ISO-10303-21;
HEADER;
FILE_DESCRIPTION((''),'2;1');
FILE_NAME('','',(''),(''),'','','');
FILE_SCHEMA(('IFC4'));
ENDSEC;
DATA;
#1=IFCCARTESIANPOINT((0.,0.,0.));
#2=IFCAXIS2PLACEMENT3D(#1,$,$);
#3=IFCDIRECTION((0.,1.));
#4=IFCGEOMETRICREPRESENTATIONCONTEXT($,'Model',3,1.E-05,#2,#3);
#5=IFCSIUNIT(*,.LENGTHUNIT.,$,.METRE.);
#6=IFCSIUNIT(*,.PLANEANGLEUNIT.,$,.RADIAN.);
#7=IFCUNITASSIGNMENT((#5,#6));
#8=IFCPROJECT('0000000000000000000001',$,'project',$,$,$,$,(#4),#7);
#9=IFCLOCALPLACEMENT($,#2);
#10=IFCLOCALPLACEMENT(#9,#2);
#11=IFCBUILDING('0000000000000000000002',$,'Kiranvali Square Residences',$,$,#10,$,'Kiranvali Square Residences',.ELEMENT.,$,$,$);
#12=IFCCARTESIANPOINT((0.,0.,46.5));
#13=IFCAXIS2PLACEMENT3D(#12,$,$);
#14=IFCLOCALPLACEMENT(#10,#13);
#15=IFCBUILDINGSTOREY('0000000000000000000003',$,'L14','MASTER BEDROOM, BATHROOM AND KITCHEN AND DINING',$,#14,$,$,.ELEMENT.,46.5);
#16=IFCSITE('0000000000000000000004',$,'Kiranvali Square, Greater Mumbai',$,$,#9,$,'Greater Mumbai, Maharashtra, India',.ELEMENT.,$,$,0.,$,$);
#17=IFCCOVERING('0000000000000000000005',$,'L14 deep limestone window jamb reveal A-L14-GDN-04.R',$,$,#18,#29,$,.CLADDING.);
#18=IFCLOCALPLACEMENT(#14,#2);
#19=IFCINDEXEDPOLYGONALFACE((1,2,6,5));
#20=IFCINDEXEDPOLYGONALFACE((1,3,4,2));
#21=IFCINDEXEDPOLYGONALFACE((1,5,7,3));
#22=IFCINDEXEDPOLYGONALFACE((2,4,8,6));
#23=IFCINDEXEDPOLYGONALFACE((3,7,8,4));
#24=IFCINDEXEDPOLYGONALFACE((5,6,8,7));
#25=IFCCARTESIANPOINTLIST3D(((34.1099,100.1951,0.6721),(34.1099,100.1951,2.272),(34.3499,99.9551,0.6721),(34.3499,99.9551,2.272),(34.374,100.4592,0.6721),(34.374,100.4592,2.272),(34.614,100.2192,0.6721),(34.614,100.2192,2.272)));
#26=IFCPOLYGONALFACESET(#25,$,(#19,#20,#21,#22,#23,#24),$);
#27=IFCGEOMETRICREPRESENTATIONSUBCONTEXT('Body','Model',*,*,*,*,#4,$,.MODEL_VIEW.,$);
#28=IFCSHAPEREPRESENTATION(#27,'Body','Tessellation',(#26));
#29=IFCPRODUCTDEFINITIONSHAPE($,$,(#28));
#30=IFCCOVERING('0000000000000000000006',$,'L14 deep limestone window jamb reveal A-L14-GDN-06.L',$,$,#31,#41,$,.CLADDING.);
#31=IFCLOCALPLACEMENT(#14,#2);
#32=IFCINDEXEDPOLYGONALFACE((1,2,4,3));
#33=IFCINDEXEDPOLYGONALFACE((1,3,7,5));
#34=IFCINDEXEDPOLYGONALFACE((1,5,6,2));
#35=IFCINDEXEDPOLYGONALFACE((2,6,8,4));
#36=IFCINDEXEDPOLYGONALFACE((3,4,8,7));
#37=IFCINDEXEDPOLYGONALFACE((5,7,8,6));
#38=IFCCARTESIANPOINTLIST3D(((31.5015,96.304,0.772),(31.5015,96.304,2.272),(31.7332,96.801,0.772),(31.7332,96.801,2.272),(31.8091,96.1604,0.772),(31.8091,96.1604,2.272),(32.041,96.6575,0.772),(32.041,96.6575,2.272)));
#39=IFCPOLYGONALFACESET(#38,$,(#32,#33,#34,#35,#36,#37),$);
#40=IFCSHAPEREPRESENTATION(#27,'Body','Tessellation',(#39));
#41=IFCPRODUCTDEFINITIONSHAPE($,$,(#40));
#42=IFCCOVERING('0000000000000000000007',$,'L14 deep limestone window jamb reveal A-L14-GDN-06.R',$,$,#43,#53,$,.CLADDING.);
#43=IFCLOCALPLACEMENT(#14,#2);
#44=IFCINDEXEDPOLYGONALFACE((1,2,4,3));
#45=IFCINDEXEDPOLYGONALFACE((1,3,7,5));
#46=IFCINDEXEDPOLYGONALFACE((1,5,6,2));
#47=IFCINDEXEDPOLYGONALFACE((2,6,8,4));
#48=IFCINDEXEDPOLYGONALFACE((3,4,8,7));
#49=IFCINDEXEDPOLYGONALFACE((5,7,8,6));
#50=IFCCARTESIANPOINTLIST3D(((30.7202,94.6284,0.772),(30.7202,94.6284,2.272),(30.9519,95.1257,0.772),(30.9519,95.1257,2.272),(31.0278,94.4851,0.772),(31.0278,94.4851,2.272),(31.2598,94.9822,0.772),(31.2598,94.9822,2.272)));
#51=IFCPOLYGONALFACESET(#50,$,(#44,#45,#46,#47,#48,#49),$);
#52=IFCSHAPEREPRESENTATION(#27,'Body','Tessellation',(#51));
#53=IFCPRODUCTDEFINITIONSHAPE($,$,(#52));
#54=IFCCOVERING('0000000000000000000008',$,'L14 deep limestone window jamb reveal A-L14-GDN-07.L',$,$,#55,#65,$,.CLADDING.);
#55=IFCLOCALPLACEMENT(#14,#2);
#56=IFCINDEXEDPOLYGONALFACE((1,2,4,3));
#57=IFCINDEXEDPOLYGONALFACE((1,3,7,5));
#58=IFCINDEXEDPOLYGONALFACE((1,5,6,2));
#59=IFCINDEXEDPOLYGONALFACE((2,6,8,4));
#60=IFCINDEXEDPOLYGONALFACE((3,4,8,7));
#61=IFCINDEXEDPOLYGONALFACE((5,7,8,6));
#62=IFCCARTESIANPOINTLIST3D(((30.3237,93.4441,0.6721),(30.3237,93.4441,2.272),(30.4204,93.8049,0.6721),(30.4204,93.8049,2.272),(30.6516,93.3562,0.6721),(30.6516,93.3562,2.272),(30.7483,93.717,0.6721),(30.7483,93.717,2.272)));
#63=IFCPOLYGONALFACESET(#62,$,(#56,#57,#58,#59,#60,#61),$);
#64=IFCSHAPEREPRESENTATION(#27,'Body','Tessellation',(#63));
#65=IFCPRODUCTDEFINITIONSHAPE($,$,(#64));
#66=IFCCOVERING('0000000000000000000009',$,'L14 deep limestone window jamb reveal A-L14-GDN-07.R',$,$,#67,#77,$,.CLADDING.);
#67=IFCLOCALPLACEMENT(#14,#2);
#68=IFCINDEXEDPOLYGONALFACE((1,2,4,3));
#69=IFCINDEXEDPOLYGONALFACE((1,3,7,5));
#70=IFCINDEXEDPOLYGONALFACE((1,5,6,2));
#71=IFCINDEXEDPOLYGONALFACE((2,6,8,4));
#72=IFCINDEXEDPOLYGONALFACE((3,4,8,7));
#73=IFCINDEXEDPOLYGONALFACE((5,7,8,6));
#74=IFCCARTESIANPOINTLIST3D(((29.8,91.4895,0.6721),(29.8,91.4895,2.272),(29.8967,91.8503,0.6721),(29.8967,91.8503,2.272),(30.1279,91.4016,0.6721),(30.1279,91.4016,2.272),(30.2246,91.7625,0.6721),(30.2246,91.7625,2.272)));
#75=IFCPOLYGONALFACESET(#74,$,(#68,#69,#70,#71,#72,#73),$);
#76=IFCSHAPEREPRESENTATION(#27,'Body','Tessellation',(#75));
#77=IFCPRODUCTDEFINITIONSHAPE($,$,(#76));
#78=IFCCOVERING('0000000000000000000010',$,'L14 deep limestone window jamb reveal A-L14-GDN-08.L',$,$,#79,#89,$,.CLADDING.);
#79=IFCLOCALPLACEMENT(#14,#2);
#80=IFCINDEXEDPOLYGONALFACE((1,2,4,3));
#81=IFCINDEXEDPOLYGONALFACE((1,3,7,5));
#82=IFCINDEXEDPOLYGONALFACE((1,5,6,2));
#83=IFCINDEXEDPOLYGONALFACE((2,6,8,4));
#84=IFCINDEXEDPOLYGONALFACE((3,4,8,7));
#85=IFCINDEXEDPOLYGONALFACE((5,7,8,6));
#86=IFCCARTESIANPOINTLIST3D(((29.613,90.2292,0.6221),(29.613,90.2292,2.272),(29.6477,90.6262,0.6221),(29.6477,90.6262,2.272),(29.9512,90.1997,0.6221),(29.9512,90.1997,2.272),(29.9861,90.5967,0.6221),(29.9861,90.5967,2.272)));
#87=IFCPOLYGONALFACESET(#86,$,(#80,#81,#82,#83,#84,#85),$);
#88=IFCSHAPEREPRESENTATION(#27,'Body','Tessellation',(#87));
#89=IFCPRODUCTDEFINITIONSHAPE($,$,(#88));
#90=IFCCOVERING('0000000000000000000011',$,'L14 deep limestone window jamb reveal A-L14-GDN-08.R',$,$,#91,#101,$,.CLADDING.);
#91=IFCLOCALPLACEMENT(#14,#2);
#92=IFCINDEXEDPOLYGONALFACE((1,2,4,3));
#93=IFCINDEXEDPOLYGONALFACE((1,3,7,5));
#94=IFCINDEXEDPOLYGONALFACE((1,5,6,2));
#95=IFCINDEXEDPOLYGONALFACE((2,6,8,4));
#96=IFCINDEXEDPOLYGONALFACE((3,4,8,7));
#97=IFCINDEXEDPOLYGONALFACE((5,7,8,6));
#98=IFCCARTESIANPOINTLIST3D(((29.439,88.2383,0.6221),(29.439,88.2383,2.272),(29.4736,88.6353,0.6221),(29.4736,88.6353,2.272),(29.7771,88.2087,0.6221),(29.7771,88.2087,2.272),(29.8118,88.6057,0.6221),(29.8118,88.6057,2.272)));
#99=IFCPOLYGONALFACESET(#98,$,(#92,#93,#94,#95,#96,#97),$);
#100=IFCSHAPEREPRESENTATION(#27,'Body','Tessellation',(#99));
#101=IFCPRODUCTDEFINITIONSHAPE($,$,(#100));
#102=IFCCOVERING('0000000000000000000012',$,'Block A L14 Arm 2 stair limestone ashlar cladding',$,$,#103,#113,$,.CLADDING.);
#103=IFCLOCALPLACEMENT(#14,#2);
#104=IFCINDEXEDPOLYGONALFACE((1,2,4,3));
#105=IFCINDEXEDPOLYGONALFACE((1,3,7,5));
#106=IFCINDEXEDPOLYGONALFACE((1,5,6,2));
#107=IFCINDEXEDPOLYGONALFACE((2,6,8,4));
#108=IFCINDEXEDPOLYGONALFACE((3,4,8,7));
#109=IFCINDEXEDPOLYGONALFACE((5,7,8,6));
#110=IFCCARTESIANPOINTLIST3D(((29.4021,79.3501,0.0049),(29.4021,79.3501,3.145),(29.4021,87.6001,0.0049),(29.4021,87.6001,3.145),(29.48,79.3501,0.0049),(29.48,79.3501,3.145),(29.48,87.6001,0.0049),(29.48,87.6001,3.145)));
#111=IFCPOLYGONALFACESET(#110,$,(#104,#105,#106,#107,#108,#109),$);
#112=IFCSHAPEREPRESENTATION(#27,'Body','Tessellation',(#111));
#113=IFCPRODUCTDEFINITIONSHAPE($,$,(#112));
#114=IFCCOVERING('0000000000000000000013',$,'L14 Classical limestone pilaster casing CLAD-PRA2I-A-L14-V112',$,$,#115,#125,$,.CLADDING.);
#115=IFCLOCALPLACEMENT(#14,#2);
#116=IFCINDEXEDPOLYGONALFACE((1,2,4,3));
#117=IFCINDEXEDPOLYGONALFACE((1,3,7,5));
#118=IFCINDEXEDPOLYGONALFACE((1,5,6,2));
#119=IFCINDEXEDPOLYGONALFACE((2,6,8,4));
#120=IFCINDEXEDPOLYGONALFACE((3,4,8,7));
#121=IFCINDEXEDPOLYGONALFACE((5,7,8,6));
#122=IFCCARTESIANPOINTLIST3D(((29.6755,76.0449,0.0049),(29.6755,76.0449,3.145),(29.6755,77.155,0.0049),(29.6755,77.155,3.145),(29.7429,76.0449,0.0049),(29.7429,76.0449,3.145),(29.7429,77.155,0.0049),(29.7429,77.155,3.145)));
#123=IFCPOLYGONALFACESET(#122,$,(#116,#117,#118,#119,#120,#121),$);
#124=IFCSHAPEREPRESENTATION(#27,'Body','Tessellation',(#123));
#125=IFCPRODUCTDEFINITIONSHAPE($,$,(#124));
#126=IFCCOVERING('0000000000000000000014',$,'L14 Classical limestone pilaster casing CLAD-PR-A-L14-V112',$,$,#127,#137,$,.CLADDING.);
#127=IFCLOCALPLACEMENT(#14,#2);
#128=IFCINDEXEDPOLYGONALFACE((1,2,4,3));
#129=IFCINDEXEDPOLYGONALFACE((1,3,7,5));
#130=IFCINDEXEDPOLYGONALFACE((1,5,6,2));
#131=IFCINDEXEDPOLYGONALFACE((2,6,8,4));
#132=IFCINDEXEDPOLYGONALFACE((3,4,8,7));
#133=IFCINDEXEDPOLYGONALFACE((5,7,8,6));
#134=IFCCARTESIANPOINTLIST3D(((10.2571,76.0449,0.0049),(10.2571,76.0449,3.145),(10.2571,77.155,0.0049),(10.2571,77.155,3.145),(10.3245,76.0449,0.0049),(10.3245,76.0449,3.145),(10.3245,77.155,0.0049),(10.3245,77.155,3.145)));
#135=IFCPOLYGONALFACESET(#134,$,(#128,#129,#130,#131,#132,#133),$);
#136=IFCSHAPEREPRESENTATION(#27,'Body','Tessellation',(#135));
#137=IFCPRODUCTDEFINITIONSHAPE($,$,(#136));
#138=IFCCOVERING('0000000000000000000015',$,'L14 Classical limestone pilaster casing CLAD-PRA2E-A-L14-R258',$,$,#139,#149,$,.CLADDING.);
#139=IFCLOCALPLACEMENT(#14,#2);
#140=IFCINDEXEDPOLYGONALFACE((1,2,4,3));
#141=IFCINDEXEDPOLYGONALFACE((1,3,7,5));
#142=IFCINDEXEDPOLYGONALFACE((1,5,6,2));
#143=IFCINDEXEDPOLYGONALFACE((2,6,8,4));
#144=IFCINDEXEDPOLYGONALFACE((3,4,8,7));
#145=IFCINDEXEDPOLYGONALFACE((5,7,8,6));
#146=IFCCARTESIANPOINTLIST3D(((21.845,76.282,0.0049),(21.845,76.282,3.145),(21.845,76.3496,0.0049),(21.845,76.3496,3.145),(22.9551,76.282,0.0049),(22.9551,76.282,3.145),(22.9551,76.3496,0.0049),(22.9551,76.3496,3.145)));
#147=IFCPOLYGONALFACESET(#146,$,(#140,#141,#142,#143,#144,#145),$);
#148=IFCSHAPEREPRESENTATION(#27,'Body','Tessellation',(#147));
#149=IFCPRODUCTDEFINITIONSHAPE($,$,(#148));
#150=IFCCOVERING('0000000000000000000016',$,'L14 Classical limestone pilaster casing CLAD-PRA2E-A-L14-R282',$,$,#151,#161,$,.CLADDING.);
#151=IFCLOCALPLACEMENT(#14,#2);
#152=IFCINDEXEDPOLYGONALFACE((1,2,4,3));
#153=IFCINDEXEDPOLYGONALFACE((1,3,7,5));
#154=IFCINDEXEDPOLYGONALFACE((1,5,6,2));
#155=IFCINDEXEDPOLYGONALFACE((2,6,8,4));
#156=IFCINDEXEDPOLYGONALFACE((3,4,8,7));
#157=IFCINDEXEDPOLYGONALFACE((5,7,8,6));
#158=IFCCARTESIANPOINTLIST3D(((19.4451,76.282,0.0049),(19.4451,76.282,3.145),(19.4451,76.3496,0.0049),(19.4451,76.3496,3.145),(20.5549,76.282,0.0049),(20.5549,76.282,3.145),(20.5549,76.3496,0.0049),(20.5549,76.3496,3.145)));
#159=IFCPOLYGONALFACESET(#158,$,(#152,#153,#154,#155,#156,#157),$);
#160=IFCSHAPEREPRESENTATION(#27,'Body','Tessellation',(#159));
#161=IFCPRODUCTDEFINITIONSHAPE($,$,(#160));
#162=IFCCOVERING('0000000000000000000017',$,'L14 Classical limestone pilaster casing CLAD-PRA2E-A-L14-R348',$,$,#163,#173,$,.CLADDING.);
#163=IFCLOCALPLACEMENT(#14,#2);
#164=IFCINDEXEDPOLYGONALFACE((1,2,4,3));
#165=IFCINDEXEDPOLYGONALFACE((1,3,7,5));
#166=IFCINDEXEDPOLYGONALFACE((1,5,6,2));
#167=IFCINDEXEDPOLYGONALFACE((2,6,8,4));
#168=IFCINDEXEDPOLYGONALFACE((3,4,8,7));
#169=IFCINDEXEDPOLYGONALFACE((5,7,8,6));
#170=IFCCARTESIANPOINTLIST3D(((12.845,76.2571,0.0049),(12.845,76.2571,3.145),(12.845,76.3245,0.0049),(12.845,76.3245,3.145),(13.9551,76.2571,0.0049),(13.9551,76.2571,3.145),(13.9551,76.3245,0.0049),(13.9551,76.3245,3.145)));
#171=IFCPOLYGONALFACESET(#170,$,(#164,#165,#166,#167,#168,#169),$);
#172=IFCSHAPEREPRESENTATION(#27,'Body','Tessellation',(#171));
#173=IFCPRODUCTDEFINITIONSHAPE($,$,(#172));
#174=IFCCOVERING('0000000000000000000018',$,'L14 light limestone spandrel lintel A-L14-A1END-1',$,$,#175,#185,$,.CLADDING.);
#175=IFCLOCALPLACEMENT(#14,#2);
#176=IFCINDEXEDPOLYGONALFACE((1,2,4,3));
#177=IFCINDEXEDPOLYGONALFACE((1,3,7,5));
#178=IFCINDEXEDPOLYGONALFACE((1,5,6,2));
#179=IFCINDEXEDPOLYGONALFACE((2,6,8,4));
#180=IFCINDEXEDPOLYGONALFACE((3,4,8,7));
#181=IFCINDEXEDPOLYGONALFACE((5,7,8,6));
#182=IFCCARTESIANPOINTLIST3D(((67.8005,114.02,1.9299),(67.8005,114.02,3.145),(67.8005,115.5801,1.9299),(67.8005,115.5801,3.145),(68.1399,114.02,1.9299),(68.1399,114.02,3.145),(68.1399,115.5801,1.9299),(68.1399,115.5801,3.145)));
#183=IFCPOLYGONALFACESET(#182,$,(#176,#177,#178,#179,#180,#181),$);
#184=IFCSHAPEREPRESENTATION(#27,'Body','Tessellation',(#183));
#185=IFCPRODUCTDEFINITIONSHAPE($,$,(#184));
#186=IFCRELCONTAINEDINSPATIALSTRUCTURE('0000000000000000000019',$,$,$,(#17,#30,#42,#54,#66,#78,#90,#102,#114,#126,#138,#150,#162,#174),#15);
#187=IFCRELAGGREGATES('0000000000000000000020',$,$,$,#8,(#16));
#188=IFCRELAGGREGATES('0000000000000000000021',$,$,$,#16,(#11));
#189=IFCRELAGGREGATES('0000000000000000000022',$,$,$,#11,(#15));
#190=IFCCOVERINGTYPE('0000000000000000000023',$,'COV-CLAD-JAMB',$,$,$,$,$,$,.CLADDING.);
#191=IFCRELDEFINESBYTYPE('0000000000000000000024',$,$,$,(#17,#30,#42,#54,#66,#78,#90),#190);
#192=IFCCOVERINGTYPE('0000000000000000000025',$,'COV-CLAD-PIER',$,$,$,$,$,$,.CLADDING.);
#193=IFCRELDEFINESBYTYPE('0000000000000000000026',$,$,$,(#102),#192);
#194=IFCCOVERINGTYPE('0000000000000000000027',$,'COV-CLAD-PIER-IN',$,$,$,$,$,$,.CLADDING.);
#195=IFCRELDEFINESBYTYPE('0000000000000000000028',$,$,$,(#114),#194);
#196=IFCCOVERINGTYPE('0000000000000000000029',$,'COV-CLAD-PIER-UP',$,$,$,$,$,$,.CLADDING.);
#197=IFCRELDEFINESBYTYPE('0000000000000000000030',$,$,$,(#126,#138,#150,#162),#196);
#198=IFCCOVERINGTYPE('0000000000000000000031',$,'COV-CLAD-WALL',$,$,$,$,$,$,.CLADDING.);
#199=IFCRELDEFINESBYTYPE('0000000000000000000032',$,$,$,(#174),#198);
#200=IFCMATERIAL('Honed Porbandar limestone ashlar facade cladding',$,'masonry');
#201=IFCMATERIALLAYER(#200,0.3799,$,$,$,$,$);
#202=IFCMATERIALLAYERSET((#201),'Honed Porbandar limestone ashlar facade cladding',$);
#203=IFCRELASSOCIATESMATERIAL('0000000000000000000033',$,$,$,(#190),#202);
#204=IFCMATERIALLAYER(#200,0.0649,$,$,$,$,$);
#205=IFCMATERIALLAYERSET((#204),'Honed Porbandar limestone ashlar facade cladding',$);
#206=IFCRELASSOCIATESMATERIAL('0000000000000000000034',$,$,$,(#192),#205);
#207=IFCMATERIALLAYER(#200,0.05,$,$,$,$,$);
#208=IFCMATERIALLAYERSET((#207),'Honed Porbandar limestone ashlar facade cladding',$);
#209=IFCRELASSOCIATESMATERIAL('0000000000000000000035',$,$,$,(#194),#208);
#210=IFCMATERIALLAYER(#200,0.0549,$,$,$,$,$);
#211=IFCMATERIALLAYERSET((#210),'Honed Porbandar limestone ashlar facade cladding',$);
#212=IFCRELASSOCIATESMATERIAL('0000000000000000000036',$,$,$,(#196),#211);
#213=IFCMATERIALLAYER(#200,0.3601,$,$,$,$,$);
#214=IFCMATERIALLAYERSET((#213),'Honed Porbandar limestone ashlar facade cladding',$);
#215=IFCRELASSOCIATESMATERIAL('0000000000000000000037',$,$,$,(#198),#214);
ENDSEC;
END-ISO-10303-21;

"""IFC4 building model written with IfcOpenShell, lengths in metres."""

from ifc_helpers import new_model, si_unit, direction, frame, origin, place, context, subcontext, project, spatial, polyline, outline, extrude, material, layer, layer_set, type_object, element, save


model = new_model("IFC4")

# Units and contexts
model_context = context("Model", 3, precision=1e-05, world=origin(), true_north=direction((0.0, 1.0)))
body_context = subcontext(model_context, "Body", "Model", "MODEL_VIEW")
ifc_project = project(units=[si_unit("LENGTHUNIT", "METRE"), si_unit("PLANEANGLEUNIT", "RADIAN")], contexts=[model_context])

# Site, building, storey
site_placement = place(None, origin())
site = spatial("IfcSite", under=ifc_project, at=site_placement, Name="Kiranvali Square, Greater Mumbai", LongName="Greater Mumbai, Maharashtra, India", CompositionType="ELEMENT", RefElevation=0.0)
building_placement = place(site_placement, origin())
building = spatial("IfcBuilding", under=site, at=building_placement, Name="Kiranvali Square Residences", LongName="Kiranvali Square Residences", CompositionType="ELEMENT")
storey_placement = place(building_placement, frame((0.0, 0.0, 46.5)))
storey = spatial("IfcBuildingStorey", under=building, at=storey_placement, Name="L14", Description="MASTER BEDROOM, BATHROOM AND KITCHEN AND DINING", CompositionType="ELEMENT", Elevation=46.5)

# Coverings
ifc_material = material(Name="Honed Porbandar limestone ashlar facade cladding", Category="masonry")
ifc_layer_1 = layer(ifc_material, 0.3799)
ifc_layer_set_1 = layer_set([ifc_layer_1], Name="Honed Porbandar limestone ashlar facade cladding")
covering_type_1 = type_object("IfcCoveringType", Name="COV-CLAD-JAMB", PredefinedType="CLADDING", material=ifc_layer_set_1)
covering_1_placement = place(storey_placement, frame((0.0, 0.0, 0.6721)))
element("IfcCovering", 1, at=covering_1_placement, inside=storey, type_object=covering_type_1, Name="L14 deep limestone window jamb reveal A-L14-GDN-04.R", PredefinedType="CLADDING", context=body_context, shape_type="SweptSolid", body=[
    extrude(outline(polyline([(34.374, 100.4592), (34.1099, 100.1951), (34.3499, 99.9551), (34.614, 100.2192), (34.374, 100.4592)])), origin(), (0.0, 0.0, 1.0), 1.5999),
])
covering_2_placement = place(storey_placement, frame((0.0, 0.0, 0.772)))
element("IfcCovering", 2, at=covering_2_placement, inside=storey, type_object=covering_type_1, Name="L14 deep limestone window jamb reveal A-L14-GDN-06.L", PredefinedType="CLADDING", context=body_context, shape_type="SweptSolid", body=[
    extrude(outline(polyline([(31.7332, 96.801), (31.5015, 96.304), (31.8091, 96.1604), (32.041, 96.6575), (31.7332, 96.801)])), origin(), (0.0, 0.0, 1.0), 1.5),
])
covering_3_placement = place(storey_placement, frame((0.0, 0.0, 0.772)))
element("IfcCovering", 3, at=covering_3_placement, inside=storey, type_object=covering_type_1, Name="L14 deep limestone window jamb reveal A-L14-GDN-06.R", PredefinedType="CLADDING", context=body_context, shape_type="SweptSolid", body=[
    extrude(outline(polyline([(30.9519, 95.1257), (30.7202, 94.6284), (31.0278, 94.4851), (31.2598, 94.9822), (30.9519, 95.1257)])), origin(), (0.0, 0.0, 1.0), 1.5),
])
covering_4_placement = place(storey_placement, frame((0.0, 0.0, 0.6721)))
element("IfcCovering", 4, at=covering_4_placement, inside=storey, type_object=covering_type_1, Name="L14 deep limestone window jamb reveal A-L14-GDN-07.L", PredefinedType="CLADDING", context=body_context, shape_type="SweptSolid", body=[
    extrude(outline(polyline([(30.4204, 93.8049), (30.3237, 93.4441), (30.6516, 93.3562), (30.7483, 93.717), (30.4204, 93.8049)])), origin(), (0.0, 0.0, 1.0), 1.5999),
])
covering_5_placement = place(storey_placement, frame((0.0, 0.0, 0.6721)))
element("IfcCovering", 5, at=covering_5_placement, inside=storey, type_object=covering_type_1, Name="L14 deep limestone window jamb reveal A-L14-GDN-07.R", PredefinedType="CLADDING", context=body_context, shape_type="SweptSolid", body=[
    extrude(outline(polyline([(29.8967, 91.8503), (29.8, 91.4895), (30.1279, 91.4016), (30.2246, 91.7625), (29.8967, 91.8503)])), origin(), (0.0, 0.0, 1.0), 1.5999),
])
covering_6_placement = place(storey_placement, frame((0.0, 0.0, 0.6221)))
element("IfcCovering", 6, at=covering_6_placement, inside=storey, type_object=covering_type_1, Name="L14 deep limestone window jamb reveal A-L14-GDN-08.L", PredefinedType="CLADDING", context=body_context, shape_type="SweptSolid", body=[
    extrude(outline(polyline([(29.6477, 90.6262), (29.613, 90.2292), (29.9512, 90.1997), (29.9861, 90.5967), (29.6477, 90.6262)])), origin(), (0.0, 0.0, 1.0), 1.6499),
])
covering_7_placement = place(storey_placement, frame((0.0, 0.0, 0.6221)))
element("IfcCovering", 7, at=covering_7_placement, inside=storey, type_object=covering_type_1, Name="L14 deep limestone window jamb reveal A-L14-GDN-08.R", PredefinedType="CLADDING", context=body_context, shape_type="SweptSolid", body=[
    extrude(outline(polyline([(29.4736, 88.6353), (29.439, 88.2383), (29.7771, 88.2087), (29.8118, 88.6057), (29.4736, 88.6353)])), origin(), (0.0, 0.0, 1.0), 1.6499),
])
ifc_layer_2 = layer(ifc_material, 0.0649)
ifc_layer_set_2 = layer_set([ifc_layer_2], Name="Honed Porbandar limestone ashlar facade cladding")
covering_type_2 = type_object("IfcCoveringType", Name="COV-CLAD-PIER", PredefinedType="CLADDING", material=ifc_layer_set_2)
covering_8_placement = place(storey_placement, frame((0.0, 0.0, 0.0049)))
element("IfcCovering", 8, at=covering_8_placement, inside=storey, type_object=covering_type_2, Name="Block A L14 Arm 2 stair limestone ashlar cladding", PredefinedType="CLADDING", context=body_context, shape_type="SweptSolid", body=[
    extrude(outline(polyline([(29.4021, 87.6001), (29.4021, 79.3501), (29.48, 79.3501), (29.48, 87.6001), (29.4021, 87.6001)])), origin(), (0.0, 0.0, 1.0), 3.1401),
])
ifc_layer_3 = layer(ifc_material, 0.05)
ifc_layer_set_3 = layer_set([ifc_layer_3], Name="Honed Porbandar limestone ashlar facade cladding")
covering_type_3 = type_object("IfcCoveringType", Name="COV-CLAD-PIER-IN", PredefinedType="CLADDING", material=ifc_layer_set_3)
covering_9_placement = place(storey_placement, frame((0.0, 0.0, 0.0049)))
element("IfcCovering", 9, at=covering_9_placement, inside=storey, type_object=covering_type_3, Name="L14 Classical limestone pilaster casing CLAD-PRA2I-A-L14-V112", PredefinedType="CLADDING", context=body_context, shape_type="SweptSolid", body=[
    extrude(outline(polyline([(29.6755, 77.155), (29.6755, 76.0449), (29.7429, 76.0449), (29.7429, 77.155), (29.6755, 77.155)])), origin(), (0.0, 0.0, 1.0), 3.1401),
])
ifc_layer_4 = layer(ifc_material, 0.0549)
ifc_layer_set_4 = layer_set([ifc_layer_4], Name="Honed Porbandar limestone ashlar facade cladding")
covering_type_4 = type_object("IfcCoveringType", Name="COV-CLAD-PIER-UP", PredefinedType="CLADDING", material=ifc_layer_set_4)
covering_10_placement = place(storey_placement, frame((0.0, 0.0, 0.0049)))
element("IfcCovering", 10, at=covering_10_placement, inside=storey, type_object=covering_type_4, Name="L14 Classical limestone pilaster casing CLAD-PR-A-L14-V112", PredefinedType="CLADDING", context=body_context, shape_type="SweptSolid", body=[
    extrude(outline(polyline([(10.2571, 77.155), (10.2571, 76.0449), (10.3245, 76.0449), (10.3245, 77.155), (10.2571, 77.155)])), origin(), (0.0, 0.0, 1.0), 3.1401),
])
covering_11_placement = place(storey_placement, frame((0.0, 0.0, 0.0049)))
element("IfcCovering", 11, at=covering_11_placement, inside=storey, type_object=covering_type_4, Name="L14 Classical limestone pilaster casing CLAD-PRA2E-A-L14-R258", PredefinedType="CLADDING", context=body_context, shape_type="SweptSolid", body=[
    extrude(outline(polyline([(22.9551, 76.3496), (21.845, 76.3496), (21.845, 76.282), (22.9551, 76.282), (22.9551, 76.3496)])), origin(), (0.0, 0.0, 1.0), 3.1401),
])
covering_12_placement = place(storey_placement, frame((0.0, 0.0, 0.0049)))
element("IfcCovering", 12, at=covering_12_placement, inside=storey, type_object=covering_type_4, Name="L14 Classical limestone pilaster casing CLAD-PRA2E-A-L14-R282", PredefinedType="CLADDING", context=body_context, shape_type="SweptSolid", body=[
    extrude(outline(polyline([(20.5549, 76.3496), (19.4451, 76.3496), (19.4451, 76.282), (20.5549, 76.282), (20.5549, 76.3496)])), origin(), (0.0, 0.0, 1.0), 3.1401),
])
covering_13_placement = place(storey_placement, frame((0.0, 0.0, 0.0049)))
element("IfcCovering", 13, at=covering_13_placement, inside=storey, type_object=covering_type_4, Name="L14 Classical limestone pilaster casing CLAD-PRA2E-A-L14-R348", PredefinedType="CLADDING", context=body_context, shape_type="SweptSolid", body=[
    extrude(outline(polyline([(13.9551, 76.3245), (12.845, 76.3245), (12.845, 76.2571), (13.9551, 76.2571), (13.9551, 76.3245)])), origin(), (0.0, 0.0, 1.0), 3.1401),
])
ifc_layer_5 = layer(ifc_material, 0.3601)
ifc_layer_set_5 = layer_set([ifc_layer_5], Name="Honed Porbandar limestone ashlar facade cladding")
covering_type_5 = type_object("IfcCoveringType", Name="COV-CLAD-WALL", PredefinedType="CLADDING", material=ifc_layer_set_5)
covering_14_placement = place(storey_placement, frame((0.0, 0.0, 1.9299)))
element("IfcCovering", 14, at=covering_14_placement, inside=storey, type_object=covering_type_5, Name="L14 light limestone spandrel lintel A-L14-A1END-1", PredefinedType="CLADDING", context=body_context, shape_type="SweptSolid", body=[
    extrude(outline(polyline([(68.1399, 114.02), (68.1399, 115.5801), (67.8005, 115.5801), (67.8005, 114.02), (68.1399, 114.02)])), origin(), (0.0, 0.0, 1.0), 1.2151),
])

save(model, "model.ifc")
